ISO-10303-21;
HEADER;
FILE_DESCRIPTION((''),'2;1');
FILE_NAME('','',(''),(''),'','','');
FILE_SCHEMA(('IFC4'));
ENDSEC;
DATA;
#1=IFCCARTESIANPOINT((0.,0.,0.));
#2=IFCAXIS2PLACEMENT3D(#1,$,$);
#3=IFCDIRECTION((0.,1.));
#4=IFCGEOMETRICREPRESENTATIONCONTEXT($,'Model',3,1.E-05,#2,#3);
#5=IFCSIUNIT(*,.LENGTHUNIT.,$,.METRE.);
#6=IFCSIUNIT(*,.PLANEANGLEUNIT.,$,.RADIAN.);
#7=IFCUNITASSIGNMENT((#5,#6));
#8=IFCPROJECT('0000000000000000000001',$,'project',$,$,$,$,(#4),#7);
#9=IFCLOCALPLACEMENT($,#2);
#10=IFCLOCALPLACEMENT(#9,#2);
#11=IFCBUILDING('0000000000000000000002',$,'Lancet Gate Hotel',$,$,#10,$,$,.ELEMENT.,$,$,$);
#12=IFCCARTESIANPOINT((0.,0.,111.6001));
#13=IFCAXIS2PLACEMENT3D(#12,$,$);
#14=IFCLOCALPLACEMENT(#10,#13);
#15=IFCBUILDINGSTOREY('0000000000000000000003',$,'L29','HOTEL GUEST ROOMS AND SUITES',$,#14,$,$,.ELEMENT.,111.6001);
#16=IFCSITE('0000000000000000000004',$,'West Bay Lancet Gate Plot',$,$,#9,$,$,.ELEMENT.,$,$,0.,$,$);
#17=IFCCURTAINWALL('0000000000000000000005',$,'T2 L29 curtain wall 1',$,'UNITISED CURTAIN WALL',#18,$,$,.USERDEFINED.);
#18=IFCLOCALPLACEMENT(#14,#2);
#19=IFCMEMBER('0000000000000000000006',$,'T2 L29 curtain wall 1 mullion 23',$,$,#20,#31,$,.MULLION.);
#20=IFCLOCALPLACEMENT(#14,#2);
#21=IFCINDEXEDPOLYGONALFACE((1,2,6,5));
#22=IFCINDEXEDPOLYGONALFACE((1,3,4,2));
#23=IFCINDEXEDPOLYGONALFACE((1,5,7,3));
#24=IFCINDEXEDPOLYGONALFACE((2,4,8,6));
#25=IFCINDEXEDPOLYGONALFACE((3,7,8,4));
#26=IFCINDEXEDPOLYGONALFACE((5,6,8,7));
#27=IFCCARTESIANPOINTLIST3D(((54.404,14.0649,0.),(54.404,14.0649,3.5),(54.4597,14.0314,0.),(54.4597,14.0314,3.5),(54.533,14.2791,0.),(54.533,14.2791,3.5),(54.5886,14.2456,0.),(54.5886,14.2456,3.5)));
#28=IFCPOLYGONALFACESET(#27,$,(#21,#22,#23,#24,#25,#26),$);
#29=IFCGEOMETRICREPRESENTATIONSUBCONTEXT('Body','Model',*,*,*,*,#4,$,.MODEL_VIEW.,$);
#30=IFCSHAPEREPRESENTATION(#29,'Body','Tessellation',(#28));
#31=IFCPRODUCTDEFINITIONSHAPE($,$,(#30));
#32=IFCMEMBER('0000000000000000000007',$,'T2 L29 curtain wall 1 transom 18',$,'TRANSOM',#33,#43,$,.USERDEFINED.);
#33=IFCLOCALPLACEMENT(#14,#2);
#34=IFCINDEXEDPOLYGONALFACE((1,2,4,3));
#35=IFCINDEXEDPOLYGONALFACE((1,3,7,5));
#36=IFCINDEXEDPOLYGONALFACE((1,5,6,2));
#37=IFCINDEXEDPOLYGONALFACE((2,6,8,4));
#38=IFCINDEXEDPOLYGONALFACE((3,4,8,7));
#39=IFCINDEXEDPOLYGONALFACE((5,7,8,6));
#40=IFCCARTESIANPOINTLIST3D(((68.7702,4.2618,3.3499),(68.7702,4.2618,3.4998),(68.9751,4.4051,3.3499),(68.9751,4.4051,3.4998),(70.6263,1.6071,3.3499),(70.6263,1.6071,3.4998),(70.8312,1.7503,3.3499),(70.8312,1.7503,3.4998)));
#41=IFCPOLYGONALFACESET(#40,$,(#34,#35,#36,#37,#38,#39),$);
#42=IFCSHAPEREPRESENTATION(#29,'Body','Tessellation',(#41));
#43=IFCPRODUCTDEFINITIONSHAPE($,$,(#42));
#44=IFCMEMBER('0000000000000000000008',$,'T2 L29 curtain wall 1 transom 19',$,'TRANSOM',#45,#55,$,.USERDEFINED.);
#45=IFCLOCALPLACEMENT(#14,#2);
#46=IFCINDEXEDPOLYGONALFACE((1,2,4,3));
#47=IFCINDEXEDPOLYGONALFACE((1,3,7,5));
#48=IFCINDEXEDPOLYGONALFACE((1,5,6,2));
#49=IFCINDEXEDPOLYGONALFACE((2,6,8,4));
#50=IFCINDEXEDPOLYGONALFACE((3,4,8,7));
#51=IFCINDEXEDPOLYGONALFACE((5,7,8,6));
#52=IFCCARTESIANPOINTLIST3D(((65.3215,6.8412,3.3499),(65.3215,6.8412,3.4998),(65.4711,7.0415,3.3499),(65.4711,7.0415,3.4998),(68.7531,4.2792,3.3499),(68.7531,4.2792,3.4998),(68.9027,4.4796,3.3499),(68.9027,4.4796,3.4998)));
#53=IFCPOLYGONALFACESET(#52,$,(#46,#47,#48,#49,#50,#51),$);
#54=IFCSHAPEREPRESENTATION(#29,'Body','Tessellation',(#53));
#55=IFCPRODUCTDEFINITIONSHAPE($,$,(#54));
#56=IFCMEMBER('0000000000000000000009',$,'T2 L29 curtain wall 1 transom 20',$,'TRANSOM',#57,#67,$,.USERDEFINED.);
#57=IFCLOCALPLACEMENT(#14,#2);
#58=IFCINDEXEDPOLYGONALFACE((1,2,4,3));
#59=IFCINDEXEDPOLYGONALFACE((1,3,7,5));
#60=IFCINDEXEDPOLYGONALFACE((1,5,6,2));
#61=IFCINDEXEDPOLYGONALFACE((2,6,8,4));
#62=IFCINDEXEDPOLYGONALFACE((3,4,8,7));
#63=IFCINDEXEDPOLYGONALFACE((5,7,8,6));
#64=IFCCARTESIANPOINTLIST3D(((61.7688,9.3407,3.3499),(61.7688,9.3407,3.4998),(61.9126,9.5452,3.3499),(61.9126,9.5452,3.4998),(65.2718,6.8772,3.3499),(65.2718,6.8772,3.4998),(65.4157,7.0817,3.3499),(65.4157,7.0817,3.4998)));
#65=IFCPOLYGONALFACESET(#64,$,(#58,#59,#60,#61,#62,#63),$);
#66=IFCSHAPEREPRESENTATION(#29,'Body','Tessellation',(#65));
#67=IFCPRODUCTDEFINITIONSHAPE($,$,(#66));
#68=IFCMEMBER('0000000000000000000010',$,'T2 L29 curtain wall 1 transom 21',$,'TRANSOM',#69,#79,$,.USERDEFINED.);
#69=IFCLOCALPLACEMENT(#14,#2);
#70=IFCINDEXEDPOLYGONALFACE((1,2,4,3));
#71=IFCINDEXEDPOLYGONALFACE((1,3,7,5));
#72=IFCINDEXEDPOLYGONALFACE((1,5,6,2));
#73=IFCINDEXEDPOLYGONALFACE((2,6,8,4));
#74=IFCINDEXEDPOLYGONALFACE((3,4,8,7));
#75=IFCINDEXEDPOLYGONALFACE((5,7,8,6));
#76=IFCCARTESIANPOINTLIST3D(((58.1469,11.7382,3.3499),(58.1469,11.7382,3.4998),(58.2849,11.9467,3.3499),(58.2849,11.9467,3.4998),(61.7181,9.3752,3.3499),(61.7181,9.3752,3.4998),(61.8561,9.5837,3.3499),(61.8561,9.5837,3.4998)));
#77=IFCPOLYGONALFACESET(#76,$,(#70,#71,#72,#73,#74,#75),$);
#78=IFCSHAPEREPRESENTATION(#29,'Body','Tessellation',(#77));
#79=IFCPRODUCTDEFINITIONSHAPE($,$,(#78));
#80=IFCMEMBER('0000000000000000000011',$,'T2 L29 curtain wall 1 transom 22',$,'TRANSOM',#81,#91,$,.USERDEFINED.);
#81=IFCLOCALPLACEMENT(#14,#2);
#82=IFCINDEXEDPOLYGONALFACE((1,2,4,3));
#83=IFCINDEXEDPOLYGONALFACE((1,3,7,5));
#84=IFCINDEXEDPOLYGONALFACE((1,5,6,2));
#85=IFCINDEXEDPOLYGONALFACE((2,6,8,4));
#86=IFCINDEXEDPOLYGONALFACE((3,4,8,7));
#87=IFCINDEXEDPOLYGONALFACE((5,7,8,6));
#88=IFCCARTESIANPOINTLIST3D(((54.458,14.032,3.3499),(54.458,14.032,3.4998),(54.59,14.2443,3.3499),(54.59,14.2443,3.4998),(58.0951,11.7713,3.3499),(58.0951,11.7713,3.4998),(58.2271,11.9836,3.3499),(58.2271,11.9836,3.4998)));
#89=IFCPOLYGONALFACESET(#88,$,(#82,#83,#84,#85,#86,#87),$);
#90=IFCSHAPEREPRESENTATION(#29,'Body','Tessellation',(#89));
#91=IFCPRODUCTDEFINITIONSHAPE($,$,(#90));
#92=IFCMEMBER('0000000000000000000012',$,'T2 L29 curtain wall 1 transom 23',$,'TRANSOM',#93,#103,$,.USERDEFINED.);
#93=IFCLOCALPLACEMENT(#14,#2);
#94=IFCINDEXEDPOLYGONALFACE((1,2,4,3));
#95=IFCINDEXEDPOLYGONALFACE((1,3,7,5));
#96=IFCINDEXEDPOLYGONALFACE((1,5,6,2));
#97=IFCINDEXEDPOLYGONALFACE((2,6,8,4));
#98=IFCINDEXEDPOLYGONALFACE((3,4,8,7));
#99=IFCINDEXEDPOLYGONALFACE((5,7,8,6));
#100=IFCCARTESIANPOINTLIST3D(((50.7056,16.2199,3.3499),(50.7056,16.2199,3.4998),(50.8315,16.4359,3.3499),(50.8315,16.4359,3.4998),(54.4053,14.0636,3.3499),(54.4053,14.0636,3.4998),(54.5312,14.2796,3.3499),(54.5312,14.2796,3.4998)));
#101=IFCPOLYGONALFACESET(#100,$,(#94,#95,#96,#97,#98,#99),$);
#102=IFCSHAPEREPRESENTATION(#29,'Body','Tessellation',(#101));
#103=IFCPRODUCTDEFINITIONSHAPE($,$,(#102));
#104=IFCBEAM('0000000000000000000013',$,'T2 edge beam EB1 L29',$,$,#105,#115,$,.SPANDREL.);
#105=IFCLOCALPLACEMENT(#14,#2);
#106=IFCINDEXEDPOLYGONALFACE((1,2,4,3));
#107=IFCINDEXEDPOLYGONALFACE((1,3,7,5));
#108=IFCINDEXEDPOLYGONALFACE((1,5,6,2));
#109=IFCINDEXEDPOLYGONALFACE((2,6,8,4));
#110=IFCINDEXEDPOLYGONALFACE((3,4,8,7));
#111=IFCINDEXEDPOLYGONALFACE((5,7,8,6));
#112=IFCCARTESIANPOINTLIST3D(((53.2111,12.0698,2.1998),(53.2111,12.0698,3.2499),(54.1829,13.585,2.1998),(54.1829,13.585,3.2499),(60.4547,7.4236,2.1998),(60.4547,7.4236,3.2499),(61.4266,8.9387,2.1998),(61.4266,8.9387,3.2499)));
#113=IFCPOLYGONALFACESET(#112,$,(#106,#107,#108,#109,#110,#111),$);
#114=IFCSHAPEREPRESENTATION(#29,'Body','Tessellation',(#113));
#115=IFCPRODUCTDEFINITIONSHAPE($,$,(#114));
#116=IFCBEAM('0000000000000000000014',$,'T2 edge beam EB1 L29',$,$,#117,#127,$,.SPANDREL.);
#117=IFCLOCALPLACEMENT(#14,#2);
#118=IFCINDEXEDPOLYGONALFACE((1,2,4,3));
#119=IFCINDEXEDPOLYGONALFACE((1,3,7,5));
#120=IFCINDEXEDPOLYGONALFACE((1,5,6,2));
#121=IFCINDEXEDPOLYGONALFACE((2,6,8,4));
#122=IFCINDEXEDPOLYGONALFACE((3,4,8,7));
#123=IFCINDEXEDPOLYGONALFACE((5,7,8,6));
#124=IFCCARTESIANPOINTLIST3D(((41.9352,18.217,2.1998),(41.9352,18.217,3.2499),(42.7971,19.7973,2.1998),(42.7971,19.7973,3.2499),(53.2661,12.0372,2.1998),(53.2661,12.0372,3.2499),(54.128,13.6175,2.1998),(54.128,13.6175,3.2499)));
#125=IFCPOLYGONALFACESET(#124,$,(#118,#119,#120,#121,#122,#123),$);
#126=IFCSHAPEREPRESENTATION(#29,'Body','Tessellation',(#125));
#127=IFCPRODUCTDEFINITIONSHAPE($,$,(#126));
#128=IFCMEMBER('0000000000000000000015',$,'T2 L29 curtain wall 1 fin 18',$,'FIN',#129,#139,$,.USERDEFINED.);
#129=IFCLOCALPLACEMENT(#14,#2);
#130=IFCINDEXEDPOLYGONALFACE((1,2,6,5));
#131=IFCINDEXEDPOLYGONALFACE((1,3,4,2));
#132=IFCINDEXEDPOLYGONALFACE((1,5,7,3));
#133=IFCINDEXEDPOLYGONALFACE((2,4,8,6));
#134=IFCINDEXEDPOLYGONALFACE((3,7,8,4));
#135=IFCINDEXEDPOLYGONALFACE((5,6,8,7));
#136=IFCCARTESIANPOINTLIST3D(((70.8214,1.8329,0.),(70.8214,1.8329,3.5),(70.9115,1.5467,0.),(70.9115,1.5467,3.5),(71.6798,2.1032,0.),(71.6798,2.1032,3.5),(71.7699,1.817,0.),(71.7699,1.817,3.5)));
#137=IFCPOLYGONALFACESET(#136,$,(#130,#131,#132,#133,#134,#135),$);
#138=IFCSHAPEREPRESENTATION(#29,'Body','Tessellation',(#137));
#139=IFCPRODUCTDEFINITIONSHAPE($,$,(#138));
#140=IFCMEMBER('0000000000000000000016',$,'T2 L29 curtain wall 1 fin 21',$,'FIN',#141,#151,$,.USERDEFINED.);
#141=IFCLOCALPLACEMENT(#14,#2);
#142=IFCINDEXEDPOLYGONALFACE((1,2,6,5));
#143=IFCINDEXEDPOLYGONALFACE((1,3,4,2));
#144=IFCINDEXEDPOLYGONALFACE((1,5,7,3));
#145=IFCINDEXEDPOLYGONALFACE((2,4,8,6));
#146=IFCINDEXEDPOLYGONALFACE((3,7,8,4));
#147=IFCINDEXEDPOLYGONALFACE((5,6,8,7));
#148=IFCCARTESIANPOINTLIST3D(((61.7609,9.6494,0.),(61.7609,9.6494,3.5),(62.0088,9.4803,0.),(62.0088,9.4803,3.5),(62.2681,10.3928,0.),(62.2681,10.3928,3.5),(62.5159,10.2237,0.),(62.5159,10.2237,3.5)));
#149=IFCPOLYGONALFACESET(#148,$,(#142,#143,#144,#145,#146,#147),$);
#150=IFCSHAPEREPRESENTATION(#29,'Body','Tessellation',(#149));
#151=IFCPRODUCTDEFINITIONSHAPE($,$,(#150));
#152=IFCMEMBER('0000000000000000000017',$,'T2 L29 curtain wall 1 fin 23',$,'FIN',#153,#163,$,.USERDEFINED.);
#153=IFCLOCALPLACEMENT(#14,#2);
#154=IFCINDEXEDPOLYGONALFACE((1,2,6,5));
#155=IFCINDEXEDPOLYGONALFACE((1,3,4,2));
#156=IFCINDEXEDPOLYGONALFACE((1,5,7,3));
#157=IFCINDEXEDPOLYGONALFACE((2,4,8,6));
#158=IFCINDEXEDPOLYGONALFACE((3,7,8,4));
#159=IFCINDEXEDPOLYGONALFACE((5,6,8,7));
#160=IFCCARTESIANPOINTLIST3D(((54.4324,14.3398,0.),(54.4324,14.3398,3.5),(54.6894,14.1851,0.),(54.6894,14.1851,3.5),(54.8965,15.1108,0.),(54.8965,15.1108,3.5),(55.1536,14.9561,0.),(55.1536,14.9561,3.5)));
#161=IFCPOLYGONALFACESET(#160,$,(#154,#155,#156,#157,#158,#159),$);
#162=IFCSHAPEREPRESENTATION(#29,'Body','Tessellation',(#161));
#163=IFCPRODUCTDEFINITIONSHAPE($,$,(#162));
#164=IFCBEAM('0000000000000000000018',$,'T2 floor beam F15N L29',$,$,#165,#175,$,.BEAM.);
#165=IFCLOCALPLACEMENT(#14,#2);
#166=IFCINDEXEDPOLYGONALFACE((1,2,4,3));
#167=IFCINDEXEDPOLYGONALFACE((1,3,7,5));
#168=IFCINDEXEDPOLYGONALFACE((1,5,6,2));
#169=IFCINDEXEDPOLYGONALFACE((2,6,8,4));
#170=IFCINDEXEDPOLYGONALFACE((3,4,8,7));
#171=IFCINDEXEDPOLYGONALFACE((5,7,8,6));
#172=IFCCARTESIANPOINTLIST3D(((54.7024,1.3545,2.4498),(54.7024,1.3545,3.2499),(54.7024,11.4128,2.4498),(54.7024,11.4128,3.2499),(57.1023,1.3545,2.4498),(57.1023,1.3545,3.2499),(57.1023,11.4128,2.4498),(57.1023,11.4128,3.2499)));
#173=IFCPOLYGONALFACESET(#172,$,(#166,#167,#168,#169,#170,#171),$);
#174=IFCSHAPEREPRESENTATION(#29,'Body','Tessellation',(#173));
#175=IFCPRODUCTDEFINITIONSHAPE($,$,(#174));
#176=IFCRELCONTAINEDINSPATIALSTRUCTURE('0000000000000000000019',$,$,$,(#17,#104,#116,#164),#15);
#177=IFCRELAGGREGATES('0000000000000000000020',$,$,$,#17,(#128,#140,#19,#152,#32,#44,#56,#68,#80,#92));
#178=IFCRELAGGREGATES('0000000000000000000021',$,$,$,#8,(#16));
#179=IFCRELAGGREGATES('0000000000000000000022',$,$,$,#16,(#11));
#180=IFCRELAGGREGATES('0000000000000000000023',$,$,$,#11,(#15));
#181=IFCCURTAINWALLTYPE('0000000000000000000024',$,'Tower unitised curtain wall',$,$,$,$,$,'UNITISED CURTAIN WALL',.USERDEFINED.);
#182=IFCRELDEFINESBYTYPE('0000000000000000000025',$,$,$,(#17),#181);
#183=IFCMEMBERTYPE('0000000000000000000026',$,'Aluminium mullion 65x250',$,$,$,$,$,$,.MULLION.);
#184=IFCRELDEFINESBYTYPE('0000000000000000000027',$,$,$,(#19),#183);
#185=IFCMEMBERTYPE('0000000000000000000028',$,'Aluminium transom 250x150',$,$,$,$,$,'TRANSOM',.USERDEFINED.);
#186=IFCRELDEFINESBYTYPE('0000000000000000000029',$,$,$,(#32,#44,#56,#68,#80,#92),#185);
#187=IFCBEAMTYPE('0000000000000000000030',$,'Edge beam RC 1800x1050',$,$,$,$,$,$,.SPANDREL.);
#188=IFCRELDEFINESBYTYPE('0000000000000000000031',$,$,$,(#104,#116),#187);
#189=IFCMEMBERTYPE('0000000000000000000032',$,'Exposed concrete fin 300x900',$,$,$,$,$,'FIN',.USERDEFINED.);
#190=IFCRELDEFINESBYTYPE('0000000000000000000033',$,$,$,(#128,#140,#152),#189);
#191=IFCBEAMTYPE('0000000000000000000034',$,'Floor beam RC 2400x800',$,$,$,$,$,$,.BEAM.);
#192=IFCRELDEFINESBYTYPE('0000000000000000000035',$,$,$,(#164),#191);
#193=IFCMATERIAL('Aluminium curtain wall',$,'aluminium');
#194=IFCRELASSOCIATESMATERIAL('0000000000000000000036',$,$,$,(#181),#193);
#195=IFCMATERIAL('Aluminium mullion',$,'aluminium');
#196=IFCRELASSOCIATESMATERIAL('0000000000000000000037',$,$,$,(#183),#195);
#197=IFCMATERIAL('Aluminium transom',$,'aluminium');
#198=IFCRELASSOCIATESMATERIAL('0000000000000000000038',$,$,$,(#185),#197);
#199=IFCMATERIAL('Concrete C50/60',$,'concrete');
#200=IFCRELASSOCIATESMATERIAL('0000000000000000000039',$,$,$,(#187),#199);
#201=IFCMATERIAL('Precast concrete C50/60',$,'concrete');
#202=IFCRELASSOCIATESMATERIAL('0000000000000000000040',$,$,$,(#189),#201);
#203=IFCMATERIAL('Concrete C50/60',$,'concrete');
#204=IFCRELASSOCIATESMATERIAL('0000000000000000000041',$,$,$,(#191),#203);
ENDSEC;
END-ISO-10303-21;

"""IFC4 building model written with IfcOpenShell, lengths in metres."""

from ifc_helpers import new_model, si_unit, direction, frame, origin, origin_2d, place, context, subcontext, project, spatial, rectangle, extrude, material, material_profile, profile_set, type_object, element, aggregate, save


model = new_model("IFC4")

# Units and contexts
model_context = context("Model", 3, precision=1e-05, world=origin(), true_north=direction((0.0, 1.0)))
body_context = subcontext(model_context, "Body", "Model", "MODEL_VIEW")
ifc_project = project(units=[si_unit("LENGTHUNIT", "METRE"), si_unit("PLANEANGLEUNIT", "RADIAN")], contexts=[model_context])

# Site, building, storey
site_placement = place(None, origin())
site = spatial("IfcSite", under=ifc_project, at=site_placement, Name="West Bay Lancet Gate Plot", CompositionType="ELEMENT", RefElevation=0.0)
building_placement = place(site_placement, origin())
building = spatial("IfcBuilding", under=site, at=building_placement, Name="Lancet Gate Hotel", CompositionType="ELEMENT")
storey_placement = place(building_placement, frame((0.0, 0.0, 111.6001)))
storey = spatial("IfcBuildingStorey", under=building, at=storey_placement, Name="L29", Description="HOTEL GUEST ROOMS AND SUITES", CompositionType="ELEMENT", Elevation=111.6001)

# Curtain wall, members
ifc_material_1 = material(Name="Aluminium curtain wall", Category="aluminium")
curtain_wall_type = type_object("IfcCurtainWallType", Name="Tower unitised curtain wall", ElementType="UNITISED CURTAIN WALL", PredefinedType="USERDEFINED", material=ifc_material_1)
curtain_wall_placement = place(storey_placement, origin())
curtain_wall = element("IfcCurtainWall", 1, at=curtain_wall_placement, inside=storey, type_object=curtain_wall_type, Name="T2 L29 curtain wall 1", ObjectType="UNITISED CURTAIN WALL", PredefinedType="USERDEFINED")
ifc_material_2 = material(Name="Aluminium mullion", Category="aluminium")
ifc_material_profile_1 = material_profile(ifc_material_2, rectangle(XDim=0.0649, YDim=0.25, at=origin_2d()), Name="MULLION 65x250")
ifc_profile_set_1 = profile_set([ifc_material_profile_1], Name="Aluminium mullion")
member_type_1 = type_object("IfcMemberType", Name="Aluminium mullion 65x250", PredefinedType="MULLION", material=ifc_profile_set_1)
member_1_placement = place(storey_placement, frame((54.4963, 14.1553, 0.0), z_axis=(0.0, 0.0, 1.0), x_axis=(-0.856728, 0.515768, 0.0)))
member_1 = element("IfcMember", 2, at=member_1_placement, type_object=member_type_1, Name="T2 L29 curtain wall 1 mullion 23", PredefinedType="MULLION", context=body_context, shape_type="SweptSolid", body=[
    extrude(rectangle(XDim=0.0649, YDim=0.25, at=origin_2d()), origin(), (0.0, 0.0, 1.0), 3.5),
])
ifc_material_3 = material(Name="Aluminium transom", Category="aluminium")
ifc_material_profile_2 = material_profile(ifc_material_3, rectangle(XDim=0.25, YDim=0.1499, at=origin_2d()), Name="TRANSOM 250x150")
ifc_profile_set_2 = profile_set([ifc_material_profile_2], Name="Aluminium transom")
member_type_2 = type_object("IfcMemberType", Name="Aluminium transom 250x150", ElementType="TRANSOM", PredefinedType="USERDEFINED", material=ifc_profile_set_2)
member_2_placement = place(storey_placement, frame((70.7288, 1.6787, 3.4248), z_axis=(-0.573017, 0.819543, 0.0), x_axis=(-0.819543, -0.573017, 0.0)))
member_2 = element("IfcMember", 3, at=member_2_placement, type_object=member_type_2, Name="T2 L29 curtain wall 1 transom 18", ObjectType="TRANSOM", PredefinedType="USERDEFINED", context=body_context, shape_type="SweptSolid", body=[
    extrude(rectangle(XDim=0.25, YDim=0.1499, at=origin_2d()), origin(), (0.0, 0.0, 1.0), 3.2393),
])
member_3_placement = place(storey_placement, frame((68.8279, 4.3794, 3.4248), z_axis=(-0.801312, 0.598247, 0.0), x_axis=(-0.598247, -0.801312, 0.0)))
member_3 = element("IfcMember", 4, at=member_3_placement, type_object=member_type_2, Name="T2 L29 curtain wall 1 transom 19", ObjectType="TRANSOM", PredefinedType="USERDEFINED", context=body_context, shape_type="SweptSolid", body=[
    extrude(rectangle(XDim=0.25, YDim=0.1499, at=origin_2d()), origin(), (0.0, 0.0, 1.0), 4.2825),
])
member_4_placement = place(storey_placement, frame((65.3438, 6.9795, 3.4248), z_axis=(-0.817987, 0.575236, 0.0), x_axis=(-0.575236, -0.817987, 0.0)))
member_4 = element("IfcMember", 5, at=member_4_placement, type_object=member_type_2, Name="T2 L29 curtain wall 1 transom 20", ObjectType="TRANSOM", PredefinedType="USERDEFINED", context=body_context, shape_type="SweptSolid", body=[
    extrude(rectangle(XDim=0.25, YDim=0.1499, at=origin_2d()), origin(), (0.0, 0.0, 1.0), 4.2825),
])
member_5_placement = place(storey_placement, frame((61.7871, 9.4795, 3.4248), z_axis=(-0.833966, 0.551816, 0.0), x_axis=(-0.551816, -0.833966, 0.0)))
member_5 = element("IfcMember", 6, at=member_5_placement, type_object=member_type_2, Name="T2 L29 curtain wall 1 transom 21", ObjectType="TRANSOM", PredefinedType="USERDEFINED", context=body_context, shape_type="SweptSolid", body=[
    extrude(rectangle(XDim=0.25, YDim=0.1499, at=origin_2d()), origin(), (0.0, 0.0, 1.0), 4.2822),
])
member_6_placement = place(storey_placement, frame((58.1611, 11.8774, 3.4248), z_axis=(-0.849309, 0.527896, 0.0), x_axis=(-0.527896, -0.849309, 0.0)))
member_6 = element("IfcMember", 7, at=member_6_placement, type_object=member_type_2, Name="T2 L29 curtain wall 1 transom 22", ObjectType="TRANSOM", PredefinedType="USERDEFINED", context=body_context, shape_type="SweptSolid", body=[
    extrude(rectangle(XDim=0.25, YDim=0.1499, at=origin_2d()), origin(), (0.0, 0.0, 1.0), 4.2825),
])
member_7_placement = place(storey_placement, frame((54.4683, 14.1716, 3.4248), z_axis=(-0.863973, 0.503538, 0.0), x_axis=(-0.503538, -0.863973, 0.0)))
member_7 = element("IfcMember", 8, at=member_7_placement, type_object=member_type_2, Name="T2 L29 curtain wall 1 transom 23", ObjectType="TRANSOM", PredefinedType="USERDEFINED", context=body_context, shape_type="SweptSolid", body=[
    extrude(rectangle(XDim=0.25, YDim=0.1499, at=origin_2d()), origin(), (0.0, 0.0, 1.0), 4.2822),
])

# Beams
ifc_material_4 = material(Name="Concrete C50/60", Category="concrete")
ifc_material_profile_3 = material_profile(ifc_material_4, rectangle(XDim=1.8, YDim=1.05, at=origin_2d()), Name="RC 1800x1050")
ifc_profile_set_3 = profile_set([ifc_material_profile_3], Name="Concrete C50/60")
beam_type_1 = type_object("IfcBeamType", Name="Edge beam RC 1800x1050", PredefinedType="SPANDREL", material=ifc_profile_set_3)
beam_1_placement = place(storey_placement, frame((60.9407, 8.1812, 2.7249), z_axis=(-0.841727, 0.539903, 0.0), x_axis=(-0.539903, -0.841727, 0.0)))
element("IfcBeam", 9, at=beam_1_placement, inside=storey, type_object=beam_type_1, Name="T2 edge beam EB1 L29", PredefinedType="SPANDREL", context=body_context, shape_type="SweptSolid", body=[
    extrude(rectangle(XDim=1.8, YDim=1.05, at=origin_2d()), origin(), (0.0, 0.0, 1.0), 8.6057),
])
beam_2_placement = place(storey_placement, frame((53.697, 12.8274, 2.7249), z_axis=(-0.87792, 0.478807, 0.0), x_axis=(-0.478807, -0.87792, 0.0)))
element("IfcBeam", 10, at=beam_2_placement, inside=storey, type_object=beam_type_1, Name="T2 edge beam EB1 L29", PredefinedType="SPANDREL", context=body_context, shape_type="SweptSolid", body=[
    extrude(rectangle(XDim=1.8, YDim=1.05, at=origin_2d()), origin(), (0.0, 0.0, 1.0), 12.9065),
])

# Members
ifc_material_5 = material(Name="Precast concrete C50/60", Category="concrete")
ifc_material_profile_4 = material_profile(ifc_material_5, rectangle(XDim=0.3, YDim=0.8999, at=origin_2d()), Name="FIN 300x900")
ifc_profile_set_4 = profile_set([ifc_material_profile_4], Name="Precast concrete C50/60")
member_type_3 = type_object("IfcMemberType", Name="Exposed concrete fin 300x900", ElementType="FIN", PredefinedType="USERDEFINED", material=ifc_profile_set_4)
member_8_placement = place(storey_placement, frame((71.2957, 1.825, 0.0), z_axis=(0.0, 0.0, 1.0), x_axis=(-0.300385, 0.953818, 0.0)))
member_8 = element("IfcMember", 11, at=member_8_placement, type_object=member_type_3, Name="T2 L29 curtain wall 1 fin 18", ObjectType="FIN", PredefinedType="USERDEFINED", context=body_context, shape_type="SweptSolid", body=[
    extrude(rectangle(XDim=0.3, YDim=0.8999, at=origin_2d()), origin(), (0.0, 0.0, 1.0), 3.5),
])
member_9_placement = place(storey_placement, frame((62.1384, 9.9365, 0.0), z_axis=(0.0, 0.0, 1.0), x_axis=(-0.826066, 0.563574, 0.0)))
member_9 = element("IfcMember", 12, at=member_9_placement, type_object=member_type_3, Name="T2 L29 curtain wall 1 fin 21", ObjectType="FIN", PredefinedType="USERDEFINED", context=body_context, shape_type="SweptSolid", body=[
    extrude(rectangle(XDim=0.3, YDim=0.8999, at=origin_2d()), origin(), (0.0, 0.0, 1.0), 3.5),
])
member_10_placement = place(storey_placement, frame((54.793, 14.6479, 0.0), z_axis=(0.0, 0.0, 1.0), x_axis=(-0.856728, 0.515768, 0.0)))
member_10 = element("IfcMember", 13, at=member_10_placement, type_object=member_type_3, Name="T2 L29 curtain wall 1 fin 23", ObjectType="FIN", PredefinedType="USERDEFINED", context=body_context, shape_type="SweptSolid", body=[
    extrude(rectangle(XDim=0.3, YDim=0.8999, at=origin_2d()), origin(), (0.0, 0.0, 1.0), 3.5),
])

# Beam
ifc_material_6 = material(Name="Concrete C50/60", Category="concrete")
ifc_material_profile_5 = material_profile(ifc_material_6, rectangle(XDim=2.3999, YDim=0.8, at=origin_2d()), Name="RC 2400x800")
ifc_profile_set_5 = profile_set([ifc_material_profile_5], Name="Concrete C50/60")
beam_type_2 = type_object("IfcBeamType", Name="Floor beam RC 2400x800", PredefinedType="BEAM", material=ifc_profile_set_5)
beam_3_placement = place(storey_placement, frame((55.9023, 1.3545, 2.8499), z_axis=(0.0, 1.0, 0.0), x_axis=(-1.0, 0.0, 0.0)))
element("IfcBeam", 14, at=beam_3_placement, inside=storey, type_object=beam_type_2, Name="T2 floor beam F15N L29", PredefinedType="BEAM", context=body_context, shape_type="SweptSolid", body=[
    extrude(rectangle(XDim=2.3999, YDim=0.8, at=origin_2d()), origin(), (0.0, 0.0, 1.0), 10.0583),
])

aggregate(curtain_wall, [member_8, member_9, member_1, member_10, member_2, member_3, member_4, member_5, member_6, member_7])

save(model, "model.ifc")
